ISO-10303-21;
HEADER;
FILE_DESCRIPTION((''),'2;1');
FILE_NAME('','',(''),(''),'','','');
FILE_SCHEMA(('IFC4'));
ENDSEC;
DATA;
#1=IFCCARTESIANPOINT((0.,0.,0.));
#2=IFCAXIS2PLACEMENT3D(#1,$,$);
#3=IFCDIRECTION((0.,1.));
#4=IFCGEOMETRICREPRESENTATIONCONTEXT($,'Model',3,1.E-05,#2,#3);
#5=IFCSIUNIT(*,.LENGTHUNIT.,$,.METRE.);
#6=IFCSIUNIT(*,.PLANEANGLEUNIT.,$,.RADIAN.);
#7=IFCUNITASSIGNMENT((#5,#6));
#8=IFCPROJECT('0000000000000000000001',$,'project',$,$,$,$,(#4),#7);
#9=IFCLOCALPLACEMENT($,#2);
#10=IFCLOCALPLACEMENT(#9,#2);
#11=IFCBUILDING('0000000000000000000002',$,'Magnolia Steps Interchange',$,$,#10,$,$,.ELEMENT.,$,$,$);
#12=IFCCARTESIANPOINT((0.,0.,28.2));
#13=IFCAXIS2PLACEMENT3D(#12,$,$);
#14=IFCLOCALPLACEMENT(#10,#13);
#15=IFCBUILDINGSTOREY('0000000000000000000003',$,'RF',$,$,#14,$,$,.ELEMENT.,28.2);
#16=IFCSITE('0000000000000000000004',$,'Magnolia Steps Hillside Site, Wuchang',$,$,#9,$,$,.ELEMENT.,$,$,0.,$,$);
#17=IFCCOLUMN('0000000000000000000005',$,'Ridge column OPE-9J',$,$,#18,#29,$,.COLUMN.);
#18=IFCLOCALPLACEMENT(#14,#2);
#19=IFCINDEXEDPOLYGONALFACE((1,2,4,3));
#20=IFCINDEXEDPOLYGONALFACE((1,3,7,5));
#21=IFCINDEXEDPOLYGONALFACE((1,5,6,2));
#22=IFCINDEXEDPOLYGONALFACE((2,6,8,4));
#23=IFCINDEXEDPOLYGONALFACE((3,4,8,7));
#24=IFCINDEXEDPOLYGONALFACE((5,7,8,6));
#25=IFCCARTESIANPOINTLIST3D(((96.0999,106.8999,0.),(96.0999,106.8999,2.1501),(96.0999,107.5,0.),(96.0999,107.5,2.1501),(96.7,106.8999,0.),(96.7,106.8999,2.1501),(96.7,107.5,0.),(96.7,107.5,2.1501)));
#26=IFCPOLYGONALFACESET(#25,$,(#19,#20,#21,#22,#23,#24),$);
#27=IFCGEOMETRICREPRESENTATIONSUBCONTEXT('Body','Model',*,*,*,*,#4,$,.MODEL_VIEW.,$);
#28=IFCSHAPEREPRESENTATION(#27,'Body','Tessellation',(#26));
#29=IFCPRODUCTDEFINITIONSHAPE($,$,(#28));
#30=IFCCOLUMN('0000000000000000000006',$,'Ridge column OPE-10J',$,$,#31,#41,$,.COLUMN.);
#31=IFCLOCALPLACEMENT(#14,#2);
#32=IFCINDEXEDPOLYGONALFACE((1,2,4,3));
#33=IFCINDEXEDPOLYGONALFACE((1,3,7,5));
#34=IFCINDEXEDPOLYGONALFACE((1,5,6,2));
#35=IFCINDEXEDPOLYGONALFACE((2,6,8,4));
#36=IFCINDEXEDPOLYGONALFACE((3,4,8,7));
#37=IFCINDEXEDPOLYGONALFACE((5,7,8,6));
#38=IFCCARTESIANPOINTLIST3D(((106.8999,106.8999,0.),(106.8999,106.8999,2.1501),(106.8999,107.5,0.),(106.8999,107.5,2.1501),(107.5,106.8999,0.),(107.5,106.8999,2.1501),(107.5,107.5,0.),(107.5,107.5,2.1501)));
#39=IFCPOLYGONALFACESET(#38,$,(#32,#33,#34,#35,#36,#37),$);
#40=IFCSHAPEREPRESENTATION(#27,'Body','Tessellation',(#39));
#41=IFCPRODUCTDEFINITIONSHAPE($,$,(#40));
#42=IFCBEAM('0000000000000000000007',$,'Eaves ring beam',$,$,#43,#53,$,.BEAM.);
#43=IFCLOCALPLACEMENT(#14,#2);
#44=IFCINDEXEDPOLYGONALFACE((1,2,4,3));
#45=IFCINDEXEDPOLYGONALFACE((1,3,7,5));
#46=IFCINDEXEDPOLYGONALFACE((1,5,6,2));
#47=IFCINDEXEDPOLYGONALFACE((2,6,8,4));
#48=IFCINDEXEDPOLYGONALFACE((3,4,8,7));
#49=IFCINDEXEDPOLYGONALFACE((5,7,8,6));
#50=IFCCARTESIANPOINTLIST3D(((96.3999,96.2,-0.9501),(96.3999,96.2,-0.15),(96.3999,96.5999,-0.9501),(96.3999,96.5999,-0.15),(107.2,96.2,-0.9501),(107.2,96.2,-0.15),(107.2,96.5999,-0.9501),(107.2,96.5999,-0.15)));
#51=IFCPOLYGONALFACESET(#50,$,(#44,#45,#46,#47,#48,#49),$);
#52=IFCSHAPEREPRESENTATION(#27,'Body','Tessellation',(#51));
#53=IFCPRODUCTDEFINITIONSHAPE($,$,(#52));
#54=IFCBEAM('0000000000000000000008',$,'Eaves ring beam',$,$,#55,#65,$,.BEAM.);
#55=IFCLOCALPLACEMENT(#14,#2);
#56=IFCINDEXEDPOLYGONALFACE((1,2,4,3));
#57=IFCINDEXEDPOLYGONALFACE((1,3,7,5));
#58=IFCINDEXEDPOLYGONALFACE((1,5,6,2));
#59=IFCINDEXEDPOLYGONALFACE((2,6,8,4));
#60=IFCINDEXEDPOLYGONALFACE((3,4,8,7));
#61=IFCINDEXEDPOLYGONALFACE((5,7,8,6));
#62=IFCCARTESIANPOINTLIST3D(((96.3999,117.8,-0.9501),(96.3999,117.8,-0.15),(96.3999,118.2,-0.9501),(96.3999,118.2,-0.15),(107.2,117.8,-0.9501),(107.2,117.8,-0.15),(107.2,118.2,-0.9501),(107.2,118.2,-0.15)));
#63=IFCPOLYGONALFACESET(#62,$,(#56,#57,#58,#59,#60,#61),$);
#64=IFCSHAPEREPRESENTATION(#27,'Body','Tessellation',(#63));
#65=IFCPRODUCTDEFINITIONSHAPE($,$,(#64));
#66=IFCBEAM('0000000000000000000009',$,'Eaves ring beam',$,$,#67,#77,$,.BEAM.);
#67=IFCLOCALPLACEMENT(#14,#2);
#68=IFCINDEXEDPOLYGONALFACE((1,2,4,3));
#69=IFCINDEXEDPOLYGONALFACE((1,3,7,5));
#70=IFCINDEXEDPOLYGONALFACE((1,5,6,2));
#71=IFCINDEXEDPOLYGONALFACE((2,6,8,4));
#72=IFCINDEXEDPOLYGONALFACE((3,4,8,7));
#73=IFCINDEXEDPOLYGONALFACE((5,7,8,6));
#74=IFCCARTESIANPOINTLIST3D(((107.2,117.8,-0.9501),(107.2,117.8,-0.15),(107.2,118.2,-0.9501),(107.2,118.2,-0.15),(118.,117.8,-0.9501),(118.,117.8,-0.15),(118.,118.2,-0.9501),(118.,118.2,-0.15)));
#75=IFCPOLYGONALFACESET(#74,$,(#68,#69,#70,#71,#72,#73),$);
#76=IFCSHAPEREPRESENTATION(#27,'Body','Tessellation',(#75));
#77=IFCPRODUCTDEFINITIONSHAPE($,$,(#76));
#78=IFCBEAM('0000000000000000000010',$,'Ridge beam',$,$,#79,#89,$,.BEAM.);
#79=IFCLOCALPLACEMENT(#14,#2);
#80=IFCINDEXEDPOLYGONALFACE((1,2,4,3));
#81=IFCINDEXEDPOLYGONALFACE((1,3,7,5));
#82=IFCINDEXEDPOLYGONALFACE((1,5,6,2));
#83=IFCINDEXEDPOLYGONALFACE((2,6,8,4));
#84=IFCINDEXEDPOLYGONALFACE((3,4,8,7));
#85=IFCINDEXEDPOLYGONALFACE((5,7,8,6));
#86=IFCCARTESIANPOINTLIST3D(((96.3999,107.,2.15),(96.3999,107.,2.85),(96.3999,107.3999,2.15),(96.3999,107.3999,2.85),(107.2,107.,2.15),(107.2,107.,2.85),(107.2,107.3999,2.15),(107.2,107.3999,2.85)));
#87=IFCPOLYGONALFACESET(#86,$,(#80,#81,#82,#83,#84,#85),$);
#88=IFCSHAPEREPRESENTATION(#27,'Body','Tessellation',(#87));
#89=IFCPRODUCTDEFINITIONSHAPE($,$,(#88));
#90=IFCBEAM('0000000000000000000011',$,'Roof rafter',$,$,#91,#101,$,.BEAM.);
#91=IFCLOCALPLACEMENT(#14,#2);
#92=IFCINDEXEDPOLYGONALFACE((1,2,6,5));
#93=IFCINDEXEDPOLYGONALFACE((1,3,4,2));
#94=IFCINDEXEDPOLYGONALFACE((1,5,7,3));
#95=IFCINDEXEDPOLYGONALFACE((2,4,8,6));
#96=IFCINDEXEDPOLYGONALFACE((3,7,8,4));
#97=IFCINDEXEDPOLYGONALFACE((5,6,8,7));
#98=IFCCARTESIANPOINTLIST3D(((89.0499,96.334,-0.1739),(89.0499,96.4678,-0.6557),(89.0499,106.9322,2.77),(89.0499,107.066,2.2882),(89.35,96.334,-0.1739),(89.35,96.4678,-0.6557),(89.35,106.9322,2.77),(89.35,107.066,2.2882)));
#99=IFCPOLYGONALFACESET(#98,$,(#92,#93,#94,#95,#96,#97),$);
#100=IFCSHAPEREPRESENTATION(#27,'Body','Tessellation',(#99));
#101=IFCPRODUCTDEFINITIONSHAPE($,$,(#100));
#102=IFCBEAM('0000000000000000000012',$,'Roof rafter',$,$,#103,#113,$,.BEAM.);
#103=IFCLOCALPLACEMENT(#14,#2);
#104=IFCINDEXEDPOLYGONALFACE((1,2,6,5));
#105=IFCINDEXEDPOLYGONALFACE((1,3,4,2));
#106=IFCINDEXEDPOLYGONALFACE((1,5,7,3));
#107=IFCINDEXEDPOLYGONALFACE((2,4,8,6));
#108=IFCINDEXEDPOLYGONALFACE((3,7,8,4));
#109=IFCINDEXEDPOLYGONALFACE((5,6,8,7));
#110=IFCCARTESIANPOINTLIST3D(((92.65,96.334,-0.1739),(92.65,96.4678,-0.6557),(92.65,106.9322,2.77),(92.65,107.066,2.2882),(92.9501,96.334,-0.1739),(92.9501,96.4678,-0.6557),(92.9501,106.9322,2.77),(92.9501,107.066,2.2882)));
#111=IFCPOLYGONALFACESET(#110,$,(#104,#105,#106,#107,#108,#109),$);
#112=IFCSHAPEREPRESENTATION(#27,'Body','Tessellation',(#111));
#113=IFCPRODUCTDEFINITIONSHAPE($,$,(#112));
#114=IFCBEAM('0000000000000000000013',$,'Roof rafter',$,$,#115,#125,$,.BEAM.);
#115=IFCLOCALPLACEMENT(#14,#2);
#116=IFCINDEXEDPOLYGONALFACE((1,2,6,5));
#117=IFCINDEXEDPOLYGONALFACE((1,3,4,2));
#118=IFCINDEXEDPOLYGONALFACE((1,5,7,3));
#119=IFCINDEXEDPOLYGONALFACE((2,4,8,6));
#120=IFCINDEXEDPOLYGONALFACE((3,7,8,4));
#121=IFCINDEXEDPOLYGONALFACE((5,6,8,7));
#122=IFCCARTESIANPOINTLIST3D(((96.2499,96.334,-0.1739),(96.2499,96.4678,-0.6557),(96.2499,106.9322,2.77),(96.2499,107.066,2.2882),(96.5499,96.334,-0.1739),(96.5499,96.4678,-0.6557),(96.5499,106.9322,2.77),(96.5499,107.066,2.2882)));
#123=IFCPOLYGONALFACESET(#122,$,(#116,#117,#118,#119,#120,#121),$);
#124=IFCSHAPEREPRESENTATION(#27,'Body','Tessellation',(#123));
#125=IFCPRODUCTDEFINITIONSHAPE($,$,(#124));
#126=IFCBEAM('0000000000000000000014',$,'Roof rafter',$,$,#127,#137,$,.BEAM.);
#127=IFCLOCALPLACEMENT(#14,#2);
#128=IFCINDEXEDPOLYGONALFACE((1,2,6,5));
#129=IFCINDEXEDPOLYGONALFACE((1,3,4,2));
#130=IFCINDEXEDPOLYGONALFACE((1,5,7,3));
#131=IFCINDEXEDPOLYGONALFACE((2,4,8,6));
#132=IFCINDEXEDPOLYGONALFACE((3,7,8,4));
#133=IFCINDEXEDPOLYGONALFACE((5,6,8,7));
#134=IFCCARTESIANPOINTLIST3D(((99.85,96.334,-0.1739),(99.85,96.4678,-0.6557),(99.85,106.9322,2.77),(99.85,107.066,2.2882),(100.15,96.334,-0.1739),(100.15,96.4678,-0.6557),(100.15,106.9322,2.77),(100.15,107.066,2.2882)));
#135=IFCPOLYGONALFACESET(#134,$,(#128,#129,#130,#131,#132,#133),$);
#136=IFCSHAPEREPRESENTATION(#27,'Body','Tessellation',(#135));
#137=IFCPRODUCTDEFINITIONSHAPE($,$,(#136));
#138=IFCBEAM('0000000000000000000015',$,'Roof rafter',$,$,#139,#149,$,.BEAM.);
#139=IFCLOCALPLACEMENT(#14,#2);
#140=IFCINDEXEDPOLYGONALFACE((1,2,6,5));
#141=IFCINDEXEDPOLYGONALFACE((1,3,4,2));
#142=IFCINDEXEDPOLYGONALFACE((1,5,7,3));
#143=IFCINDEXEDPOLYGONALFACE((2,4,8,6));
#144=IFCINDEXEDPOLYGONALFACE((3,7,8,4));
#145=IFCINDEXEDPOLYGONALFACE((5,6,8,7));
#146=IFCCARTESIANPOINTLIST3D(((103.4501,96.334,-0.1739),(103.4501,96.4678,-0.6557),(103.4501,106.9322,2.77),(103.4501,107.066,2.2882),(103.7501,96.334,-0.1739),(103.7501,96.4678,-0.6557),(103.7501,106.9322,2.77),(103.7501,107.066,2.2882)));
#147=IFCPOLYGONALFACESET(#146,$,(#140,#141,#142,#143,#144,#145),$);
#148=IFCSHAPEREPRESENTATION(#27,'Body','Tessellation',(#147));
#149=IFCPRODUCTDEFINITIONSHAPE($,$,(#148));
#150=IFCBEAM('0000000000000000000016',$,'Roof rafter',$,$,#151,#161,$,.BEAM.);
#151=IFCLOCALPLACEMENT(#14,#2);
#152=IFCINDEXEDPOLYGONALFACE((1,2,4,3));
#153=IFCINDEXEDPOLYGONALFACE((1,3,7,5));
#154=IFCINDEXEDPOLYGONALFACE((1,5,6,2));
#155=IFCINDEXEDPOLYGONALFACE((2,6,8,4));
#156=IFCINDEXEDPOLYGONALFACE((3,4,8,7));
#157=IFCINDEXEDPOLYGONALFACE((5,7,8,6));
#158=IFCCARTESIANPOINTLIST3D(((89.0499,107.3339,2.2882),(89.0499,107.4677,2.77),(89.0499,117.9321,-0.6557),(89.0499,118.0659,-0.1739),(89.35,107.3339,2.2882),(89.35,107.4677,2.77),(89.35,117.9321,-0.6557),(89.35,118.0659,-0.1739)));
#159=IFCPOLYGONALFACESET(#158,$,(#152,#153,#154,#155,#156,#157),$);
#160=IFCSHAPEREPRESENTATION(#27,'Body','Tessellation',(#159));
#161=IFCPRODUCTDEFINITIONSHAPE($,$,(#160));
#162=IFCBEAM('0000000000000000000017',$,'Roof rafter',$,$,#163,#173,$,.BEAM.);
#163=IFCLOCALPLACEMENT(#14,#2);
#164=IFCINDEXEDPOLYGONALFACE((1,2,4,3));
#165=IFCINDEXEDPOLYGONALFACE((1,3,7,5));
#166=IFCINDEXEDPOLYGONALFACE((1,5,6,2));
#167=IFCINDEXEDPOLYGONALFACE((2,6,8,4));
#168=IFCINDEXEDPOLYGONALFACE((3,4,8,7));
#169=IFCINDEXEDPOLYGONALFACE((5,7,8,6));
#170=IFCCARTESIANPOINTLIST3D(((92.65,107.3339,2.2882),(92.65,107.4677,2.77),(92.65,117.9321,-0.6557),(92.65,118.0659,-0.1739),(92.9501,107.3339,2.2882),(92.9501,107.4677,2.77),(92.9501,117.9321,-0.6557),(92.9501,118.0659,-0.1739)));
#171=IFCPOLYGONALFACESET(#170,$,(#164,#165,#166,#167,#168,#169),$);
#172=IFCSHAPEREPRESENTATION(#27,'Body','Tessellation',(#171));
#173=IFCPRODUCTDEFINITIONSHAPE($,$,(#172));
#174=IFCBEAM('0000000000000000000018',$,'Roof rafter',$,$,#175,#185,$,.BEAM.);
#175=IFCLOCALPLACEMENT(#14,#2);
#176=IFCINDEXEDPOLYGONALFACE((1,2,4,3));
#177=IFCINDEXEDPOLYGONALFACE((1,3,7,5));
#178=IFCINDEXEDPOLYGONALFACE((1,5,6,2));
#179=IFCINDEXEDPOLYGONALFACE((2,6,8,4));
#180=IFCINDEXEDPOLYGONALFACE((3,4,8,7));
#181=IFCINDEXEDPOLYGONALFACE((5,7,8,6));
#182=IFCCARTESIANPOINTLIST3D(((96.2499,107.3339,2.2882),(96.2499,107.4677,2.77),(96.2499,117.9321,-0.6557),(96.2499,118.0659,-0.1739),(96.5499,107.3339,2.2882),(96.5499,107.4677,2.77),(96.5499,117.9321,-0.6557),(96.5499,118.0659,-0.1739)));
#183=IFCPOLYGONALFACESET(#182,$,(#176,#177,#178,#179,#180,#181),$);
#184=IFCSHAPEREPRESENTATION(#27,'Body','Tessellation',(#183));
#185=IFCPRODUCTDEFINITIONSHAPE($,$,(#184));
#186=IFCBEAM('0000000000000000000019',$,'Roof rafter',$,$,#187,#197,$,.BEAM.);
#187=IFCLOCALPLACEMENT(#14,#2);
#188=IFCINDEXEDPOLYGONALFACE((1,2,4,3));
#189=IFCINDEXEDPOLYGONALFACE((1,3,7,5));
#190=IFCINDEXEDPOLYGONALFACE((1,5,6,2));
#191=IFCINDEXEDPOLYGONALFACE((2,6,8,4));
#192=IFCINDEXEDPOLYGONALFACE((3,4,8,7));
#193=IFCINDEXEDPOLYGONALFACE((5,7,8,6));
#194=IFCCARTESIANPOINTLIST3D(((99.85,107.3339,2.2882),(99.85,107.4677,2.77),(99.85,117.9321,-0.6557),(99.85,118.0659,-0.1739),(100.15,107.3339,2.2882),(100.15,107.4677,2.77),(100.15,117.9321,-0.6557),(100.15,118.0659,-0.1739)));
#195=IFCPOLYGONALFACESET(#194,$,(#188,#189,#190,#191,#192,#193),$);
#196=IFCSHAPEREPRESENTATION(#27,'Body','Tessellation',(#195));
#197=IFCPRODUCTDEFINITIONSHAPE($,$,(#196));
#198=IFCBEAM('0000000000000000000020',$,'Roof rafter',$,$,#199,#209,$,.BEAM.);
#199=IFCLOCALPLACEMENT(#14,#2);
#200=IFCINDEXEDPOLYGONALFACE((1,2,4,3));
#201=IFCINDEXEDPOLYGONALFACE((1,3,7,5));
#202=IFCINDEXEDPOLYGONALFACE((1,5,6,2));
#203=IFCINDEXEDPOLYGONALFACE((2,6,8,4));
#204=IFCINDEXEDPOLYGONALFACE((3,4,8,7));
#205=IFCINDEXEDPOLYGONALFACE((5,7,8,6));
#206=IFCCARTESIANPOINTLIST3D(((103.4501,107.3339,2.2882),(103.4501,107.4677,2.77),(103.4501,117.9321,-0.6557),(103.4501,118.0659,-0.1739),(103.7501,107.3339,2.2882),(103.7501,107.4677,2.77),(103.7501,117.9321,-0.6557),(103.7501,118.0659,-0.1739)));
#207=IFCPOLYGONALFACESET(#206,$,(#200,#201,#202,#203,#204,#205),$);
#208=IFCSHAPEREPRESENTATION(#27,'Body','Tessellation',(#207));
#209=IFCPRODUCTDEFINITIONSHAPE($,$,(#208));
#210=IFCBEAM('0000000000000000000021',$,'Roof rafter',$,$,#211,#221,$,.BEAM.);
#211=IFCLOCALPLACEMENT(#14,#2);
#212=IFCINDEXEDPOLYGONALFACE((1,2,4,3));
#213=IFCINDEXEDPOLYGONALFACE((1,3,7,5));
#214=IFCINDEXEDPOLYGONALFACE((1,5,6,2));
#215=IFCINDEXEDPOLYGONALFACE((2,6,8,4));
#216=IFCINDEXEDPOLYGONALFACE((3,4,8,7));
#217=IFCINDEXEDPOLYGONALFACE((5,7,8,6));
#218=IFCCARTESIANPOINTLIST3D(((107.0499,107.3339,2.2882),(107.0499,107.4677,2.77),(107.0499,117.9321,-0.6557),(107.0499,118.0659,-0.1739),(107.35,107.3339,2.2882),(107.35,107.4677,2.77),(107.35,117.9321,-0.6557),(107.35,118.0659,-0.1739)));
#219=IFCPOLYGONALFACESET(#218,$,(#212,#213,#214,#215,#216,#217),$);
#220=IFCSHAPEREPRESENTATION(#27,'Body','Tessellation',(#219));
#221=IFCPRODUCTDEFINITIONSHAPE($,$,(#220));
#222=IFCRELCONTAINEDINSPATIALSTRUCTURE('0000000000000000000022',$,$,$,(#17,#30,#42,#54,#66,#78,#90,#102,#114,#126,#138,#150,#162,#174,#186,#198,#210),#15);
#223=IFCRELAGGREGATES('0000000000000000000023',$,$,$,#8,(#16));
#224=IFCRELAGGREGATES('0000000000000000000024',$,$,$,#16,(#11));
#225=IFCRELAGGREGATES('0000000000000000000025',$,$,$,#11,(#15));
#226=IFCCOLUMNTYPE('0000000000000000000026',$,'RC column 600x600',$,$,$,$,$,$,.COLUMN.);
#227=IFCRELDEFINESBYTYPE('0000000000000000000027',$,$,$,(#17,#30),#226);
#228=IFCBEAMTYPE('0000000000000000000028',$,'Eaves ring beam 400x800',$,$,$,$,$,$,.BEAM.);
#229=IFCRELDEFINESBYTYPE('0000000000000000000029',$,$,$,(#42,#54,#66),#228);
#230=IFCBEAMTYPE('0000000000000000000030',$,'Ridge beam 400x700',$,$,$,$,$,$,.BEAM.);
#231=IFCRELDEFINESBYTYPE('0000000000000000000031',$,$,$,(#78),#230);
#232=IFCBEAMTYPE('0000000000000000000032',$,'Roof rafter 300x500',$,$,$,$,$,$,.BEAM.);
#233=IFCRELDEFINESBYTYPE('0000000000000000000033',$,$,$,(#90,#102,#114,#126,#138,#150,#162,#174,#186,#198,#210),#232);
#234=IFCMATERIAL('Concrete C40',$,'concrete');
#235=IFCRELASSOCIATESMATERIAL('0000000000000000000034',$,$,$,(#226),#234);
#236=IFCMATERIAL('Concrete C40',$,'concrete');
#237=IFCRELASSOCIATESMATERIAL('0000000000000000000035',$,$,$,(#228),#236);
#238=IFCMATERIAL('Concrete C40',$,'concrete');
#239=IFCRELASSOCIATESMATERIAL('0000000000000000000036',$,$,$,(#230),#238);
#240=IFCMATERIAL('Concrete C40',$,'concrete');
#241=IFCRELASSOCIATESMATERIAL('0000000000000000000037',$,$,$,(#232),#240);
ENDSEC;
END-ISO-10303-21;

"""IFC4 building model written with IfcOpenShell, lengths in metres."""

from ifc_helpers import new_model, si_unit, direction, frame, origin, origin_2d, place, context, subcontext, project, spatial, rectangle, extrude, material, material_profile, profile_set, type_object, element, save


model = new_model("IFC4")

# Units and contexts
model_context = context("Model", 3, precision=1e-05, world=origin(), true_north=direction((0.0, 1.0)))
body_context = subcontext(model_context, "Body", "Model", "MODEL_VIEW")
ifc_project = project(units=[si_unit("LENGTHUNIT", "METRE"), si_unit("PLANEANGLEUNIT", "RADIAN")], contexts=[model_context])

# Site, building, storey
site_placement = place(None, origin())
site = spatial("IfcSite", under=ifc_project, at=site_placement, Name="Magnolia Steps Hillside Site, Wuchang", CompositionType="ELEMENT", RefElevation=0.0)
building_placement = place(site_placement, origin())
building = spatial("IfcBuilding", under=site, at=building_placement, Name="Magnolia Steps Interchange", CompositionType="ELEMENT")
storey_placement = place(building_placement, frame((0.0, 0.0, 28.2)))
storey = spatial("IfcBuildingStorey", under=building, at=storey_placement, Name="RF", CompositionType="ELEMENT", Elevation=28.2)

# Columns
ifc_material_1 = material(Name="Concrete C40", Category="concrete")
ifc_material_profile_1 = material_profile(ifc_material_1, rectangle(XDim=0.6001, YDim=0.6001, at=origin_2d()), Name="RC600x600")
ifc_profile_set_1 = profile_set([ifc_material_profile_1], Name="Concrete C40")
column_type = type_object("IfcColumnType", Name="RC column 600x600", PredefinedType="COLUMN", material=ifc_profile_set_1)
for number, where, z_axis, x_axis, name in (
    (1, (96.3999, 107.2, 0.0), (0.0, 0.0, 1.0), (1.0, 0.0, 0.0), "Ridge column OPE-9J"),
    (2, (107.2, 107.2, 0.0), (0.0, 0.0, 1.0), (1.0, 0.0, 0.0), "Ridge column OPE-10J"),
):
    element("IfcColumn", number, at=place(storey_placement, frame(where, z_axis=z_axis, x_axis=x_axis)), inside=storey, type_object=column_type, Name=name, PredefinedType="COLUMN", context=body_context, shape_type="SweptSolid", body=[
        extrude(rectangle(XDim=0.6001, YDim=0.6001, at=origin_2d()), origin(), (0.0, 0.0, 1.0), 2.1501),
    ])

# Beams
ifc_material_2 = material(Name="Concrete C40", Category="concrete")
ifc_material_profile_2 = material_profile(ifc_material_2, rectangle(XDim=0.3999, YDim=0.8, at=origin_2d()), Name="RC400x800")
ifc_profile_set_2 = profile_set([ifc_material_profile_2], Name="Concrete C40")
beam_type_1 = type_object("IfcBeamType", Name="Eaves ring beam 400x800", PredefinedType="BEAM", material=ifc_profile_set_2)
for number, where, z_axis, x_axis, name in (
    (3, (96.3999, 96.3999, -0.55), (1.0, 0.0, 0.0), (0.0, 1.0, 0.0), "Eaves ring beam"),
    (4, (96.3999, 118.0, -0.55), (1.0, 0.0, 0.0), (0.0, 1.0, 0.0), "Eaves ring beam"),
    (5, (107.2, 118.0, -0.55), (1.0, 0.0, 0.0), (0.0, 1.0, 0.0), "Eaves ring beam"),
):
    element("IfcBeam", number, at=place(storey_placement, frame(where, z_axis=z_axis, x_axis=x_axis)), inside=storey, type_object=beam_type_1, Name=name, PredefinedType="BEAM", context=body_context, shape_type="SweptSolid", body=[
        extrude(rectangle(XDim=0.3999, YDim=0.8, at=origin_2d()), origin(), (0.0, 0.0, 1.0), 10.8),
    ])
ifc_material_3 = material(Name="Concrete C40", Category="concrete")
ifc_material_profile_3 = material_profile(ifc_material_3, rectangle(XDim=0.3999, YDim=0.7, at=origin_2d()), Name="RC400x700")
ifc_profile_set_3 = profile_set([ifc_material_profile_3], Name="Concrete C40")
beam_type_2 = type_object("IfcBeamType", Name="Ridge beam 400x700", PredefinedType="BEAM", material=ifc_profile_set_3)
beam_placement = place(storey_placement, frame((96.3999, 107.2, 2.5), z_axis=(1.0, 0.0, 0.0), x_axis=(0.0, 1.0, 0.0)))
element("IfcBeam", 6, at=beam_placement, inside=storey, type_object=beam_type_2, Name="Ridge beam", PredefinedType="BEAM", context=body_context, shape_type="SweptSolid", body=[
    extrude(rectangle(XDim=0.3999, YDim=0.7, at=origin_2d()), origin(), (0.0, 0.0, 1.0), 10.8),
])
ifc_material_4 = material(Name="Concrete C40", Category="concrete")
ifc_material_profile_4 = material_profile(ifc_material_4, rectangle(XDim=0.3, YDim=0.5, at=origin_2d()), Name="RC300x500")
ifc_profile_set_4 = profile_set([ifc_material_profile_4], Name="Concrete C40")
beam_type_3 = type_object("IfcBeamType", Name="Roof rafter 300x500", PredefinedType="BEAM", material=ifc_profile_set_4)
for number, where, z_axis, x_axis, name in (
    (7, (89.2, 96.4009, -0.4148), (0.0, 0.96352, 0.267637), (-1.0, 0.0, 0.0), "Roof rafter"),
    (8, (92.8, 96.4009, -0.4148), (0.0, 0.96352, 0.267637), (-1.0, 0.0, 0.0), "Roof rafter"),
    (9, (96.3999, 96.4009, -0.4148), (0.0, 0.96352, 0.267637), (-1.0, 0.0, 0.0), "Roof rafter"),
    (10, (100.0, 96.4009, -0.4148), (0.0, 0.96352, 0.267637), (-1.0, 0.0, 0.0), "Roof rafter"),
    (11, (103.6001, 96.4009, -0.4148), (0.0, 0.96352, 0.267637), (-1.0, 0.0, 0.0), "Roof rafter"),
    (12, (89.2, 117.999, -0.4148), (0.0, -0.96352, 0.267637), (1.0, 0.0, 0.0), "Roof rafter"),
    (13, (92.8, 117.999, -0.4148), (0.0, -0.96352, 0.267637), (1.0, 0.0, 0.0), "Roof rafter"),
    (14, (96.3999, 117.999, -0.4148), (0.0, -0.96352, 0.267637), (1.0, 0.0, 0.0), "Roof rafter"),
    (15, (100.0, 117.999, -0.4148), (0.0, -0.96352, 0.267637), (1.0, 0.0, 0.0), "Roof rafter"),
    (16, (103.6001, 117.999, -0.4148), (0.0, -0.96352, 0.267637), (1.0, 0.0, 0.0), "Roof rafter"),
    (17, (107.2, 117.999, -0.4148), (0.0, -0.96352, 0.267637), (1.0, 0.0, 0.0), "Roof rafter"),
):
    element("IfcBeam", number, at=place(storey_placement, frame(where, z_axis=z_axis, x_axis=x_axis)), inside=storey, type_object=beam_type_3, Name=name, PredefinedType="BEAM", context=body_context, shape_type="SweptSolid", body=[
        extrude(rectangle(XDim=0.3, YDim=0.5, at=origin_2d()), origin(), (0.0, 0.0, 1.0), 10.9995),
    ])

save(model, "model.ifc")
